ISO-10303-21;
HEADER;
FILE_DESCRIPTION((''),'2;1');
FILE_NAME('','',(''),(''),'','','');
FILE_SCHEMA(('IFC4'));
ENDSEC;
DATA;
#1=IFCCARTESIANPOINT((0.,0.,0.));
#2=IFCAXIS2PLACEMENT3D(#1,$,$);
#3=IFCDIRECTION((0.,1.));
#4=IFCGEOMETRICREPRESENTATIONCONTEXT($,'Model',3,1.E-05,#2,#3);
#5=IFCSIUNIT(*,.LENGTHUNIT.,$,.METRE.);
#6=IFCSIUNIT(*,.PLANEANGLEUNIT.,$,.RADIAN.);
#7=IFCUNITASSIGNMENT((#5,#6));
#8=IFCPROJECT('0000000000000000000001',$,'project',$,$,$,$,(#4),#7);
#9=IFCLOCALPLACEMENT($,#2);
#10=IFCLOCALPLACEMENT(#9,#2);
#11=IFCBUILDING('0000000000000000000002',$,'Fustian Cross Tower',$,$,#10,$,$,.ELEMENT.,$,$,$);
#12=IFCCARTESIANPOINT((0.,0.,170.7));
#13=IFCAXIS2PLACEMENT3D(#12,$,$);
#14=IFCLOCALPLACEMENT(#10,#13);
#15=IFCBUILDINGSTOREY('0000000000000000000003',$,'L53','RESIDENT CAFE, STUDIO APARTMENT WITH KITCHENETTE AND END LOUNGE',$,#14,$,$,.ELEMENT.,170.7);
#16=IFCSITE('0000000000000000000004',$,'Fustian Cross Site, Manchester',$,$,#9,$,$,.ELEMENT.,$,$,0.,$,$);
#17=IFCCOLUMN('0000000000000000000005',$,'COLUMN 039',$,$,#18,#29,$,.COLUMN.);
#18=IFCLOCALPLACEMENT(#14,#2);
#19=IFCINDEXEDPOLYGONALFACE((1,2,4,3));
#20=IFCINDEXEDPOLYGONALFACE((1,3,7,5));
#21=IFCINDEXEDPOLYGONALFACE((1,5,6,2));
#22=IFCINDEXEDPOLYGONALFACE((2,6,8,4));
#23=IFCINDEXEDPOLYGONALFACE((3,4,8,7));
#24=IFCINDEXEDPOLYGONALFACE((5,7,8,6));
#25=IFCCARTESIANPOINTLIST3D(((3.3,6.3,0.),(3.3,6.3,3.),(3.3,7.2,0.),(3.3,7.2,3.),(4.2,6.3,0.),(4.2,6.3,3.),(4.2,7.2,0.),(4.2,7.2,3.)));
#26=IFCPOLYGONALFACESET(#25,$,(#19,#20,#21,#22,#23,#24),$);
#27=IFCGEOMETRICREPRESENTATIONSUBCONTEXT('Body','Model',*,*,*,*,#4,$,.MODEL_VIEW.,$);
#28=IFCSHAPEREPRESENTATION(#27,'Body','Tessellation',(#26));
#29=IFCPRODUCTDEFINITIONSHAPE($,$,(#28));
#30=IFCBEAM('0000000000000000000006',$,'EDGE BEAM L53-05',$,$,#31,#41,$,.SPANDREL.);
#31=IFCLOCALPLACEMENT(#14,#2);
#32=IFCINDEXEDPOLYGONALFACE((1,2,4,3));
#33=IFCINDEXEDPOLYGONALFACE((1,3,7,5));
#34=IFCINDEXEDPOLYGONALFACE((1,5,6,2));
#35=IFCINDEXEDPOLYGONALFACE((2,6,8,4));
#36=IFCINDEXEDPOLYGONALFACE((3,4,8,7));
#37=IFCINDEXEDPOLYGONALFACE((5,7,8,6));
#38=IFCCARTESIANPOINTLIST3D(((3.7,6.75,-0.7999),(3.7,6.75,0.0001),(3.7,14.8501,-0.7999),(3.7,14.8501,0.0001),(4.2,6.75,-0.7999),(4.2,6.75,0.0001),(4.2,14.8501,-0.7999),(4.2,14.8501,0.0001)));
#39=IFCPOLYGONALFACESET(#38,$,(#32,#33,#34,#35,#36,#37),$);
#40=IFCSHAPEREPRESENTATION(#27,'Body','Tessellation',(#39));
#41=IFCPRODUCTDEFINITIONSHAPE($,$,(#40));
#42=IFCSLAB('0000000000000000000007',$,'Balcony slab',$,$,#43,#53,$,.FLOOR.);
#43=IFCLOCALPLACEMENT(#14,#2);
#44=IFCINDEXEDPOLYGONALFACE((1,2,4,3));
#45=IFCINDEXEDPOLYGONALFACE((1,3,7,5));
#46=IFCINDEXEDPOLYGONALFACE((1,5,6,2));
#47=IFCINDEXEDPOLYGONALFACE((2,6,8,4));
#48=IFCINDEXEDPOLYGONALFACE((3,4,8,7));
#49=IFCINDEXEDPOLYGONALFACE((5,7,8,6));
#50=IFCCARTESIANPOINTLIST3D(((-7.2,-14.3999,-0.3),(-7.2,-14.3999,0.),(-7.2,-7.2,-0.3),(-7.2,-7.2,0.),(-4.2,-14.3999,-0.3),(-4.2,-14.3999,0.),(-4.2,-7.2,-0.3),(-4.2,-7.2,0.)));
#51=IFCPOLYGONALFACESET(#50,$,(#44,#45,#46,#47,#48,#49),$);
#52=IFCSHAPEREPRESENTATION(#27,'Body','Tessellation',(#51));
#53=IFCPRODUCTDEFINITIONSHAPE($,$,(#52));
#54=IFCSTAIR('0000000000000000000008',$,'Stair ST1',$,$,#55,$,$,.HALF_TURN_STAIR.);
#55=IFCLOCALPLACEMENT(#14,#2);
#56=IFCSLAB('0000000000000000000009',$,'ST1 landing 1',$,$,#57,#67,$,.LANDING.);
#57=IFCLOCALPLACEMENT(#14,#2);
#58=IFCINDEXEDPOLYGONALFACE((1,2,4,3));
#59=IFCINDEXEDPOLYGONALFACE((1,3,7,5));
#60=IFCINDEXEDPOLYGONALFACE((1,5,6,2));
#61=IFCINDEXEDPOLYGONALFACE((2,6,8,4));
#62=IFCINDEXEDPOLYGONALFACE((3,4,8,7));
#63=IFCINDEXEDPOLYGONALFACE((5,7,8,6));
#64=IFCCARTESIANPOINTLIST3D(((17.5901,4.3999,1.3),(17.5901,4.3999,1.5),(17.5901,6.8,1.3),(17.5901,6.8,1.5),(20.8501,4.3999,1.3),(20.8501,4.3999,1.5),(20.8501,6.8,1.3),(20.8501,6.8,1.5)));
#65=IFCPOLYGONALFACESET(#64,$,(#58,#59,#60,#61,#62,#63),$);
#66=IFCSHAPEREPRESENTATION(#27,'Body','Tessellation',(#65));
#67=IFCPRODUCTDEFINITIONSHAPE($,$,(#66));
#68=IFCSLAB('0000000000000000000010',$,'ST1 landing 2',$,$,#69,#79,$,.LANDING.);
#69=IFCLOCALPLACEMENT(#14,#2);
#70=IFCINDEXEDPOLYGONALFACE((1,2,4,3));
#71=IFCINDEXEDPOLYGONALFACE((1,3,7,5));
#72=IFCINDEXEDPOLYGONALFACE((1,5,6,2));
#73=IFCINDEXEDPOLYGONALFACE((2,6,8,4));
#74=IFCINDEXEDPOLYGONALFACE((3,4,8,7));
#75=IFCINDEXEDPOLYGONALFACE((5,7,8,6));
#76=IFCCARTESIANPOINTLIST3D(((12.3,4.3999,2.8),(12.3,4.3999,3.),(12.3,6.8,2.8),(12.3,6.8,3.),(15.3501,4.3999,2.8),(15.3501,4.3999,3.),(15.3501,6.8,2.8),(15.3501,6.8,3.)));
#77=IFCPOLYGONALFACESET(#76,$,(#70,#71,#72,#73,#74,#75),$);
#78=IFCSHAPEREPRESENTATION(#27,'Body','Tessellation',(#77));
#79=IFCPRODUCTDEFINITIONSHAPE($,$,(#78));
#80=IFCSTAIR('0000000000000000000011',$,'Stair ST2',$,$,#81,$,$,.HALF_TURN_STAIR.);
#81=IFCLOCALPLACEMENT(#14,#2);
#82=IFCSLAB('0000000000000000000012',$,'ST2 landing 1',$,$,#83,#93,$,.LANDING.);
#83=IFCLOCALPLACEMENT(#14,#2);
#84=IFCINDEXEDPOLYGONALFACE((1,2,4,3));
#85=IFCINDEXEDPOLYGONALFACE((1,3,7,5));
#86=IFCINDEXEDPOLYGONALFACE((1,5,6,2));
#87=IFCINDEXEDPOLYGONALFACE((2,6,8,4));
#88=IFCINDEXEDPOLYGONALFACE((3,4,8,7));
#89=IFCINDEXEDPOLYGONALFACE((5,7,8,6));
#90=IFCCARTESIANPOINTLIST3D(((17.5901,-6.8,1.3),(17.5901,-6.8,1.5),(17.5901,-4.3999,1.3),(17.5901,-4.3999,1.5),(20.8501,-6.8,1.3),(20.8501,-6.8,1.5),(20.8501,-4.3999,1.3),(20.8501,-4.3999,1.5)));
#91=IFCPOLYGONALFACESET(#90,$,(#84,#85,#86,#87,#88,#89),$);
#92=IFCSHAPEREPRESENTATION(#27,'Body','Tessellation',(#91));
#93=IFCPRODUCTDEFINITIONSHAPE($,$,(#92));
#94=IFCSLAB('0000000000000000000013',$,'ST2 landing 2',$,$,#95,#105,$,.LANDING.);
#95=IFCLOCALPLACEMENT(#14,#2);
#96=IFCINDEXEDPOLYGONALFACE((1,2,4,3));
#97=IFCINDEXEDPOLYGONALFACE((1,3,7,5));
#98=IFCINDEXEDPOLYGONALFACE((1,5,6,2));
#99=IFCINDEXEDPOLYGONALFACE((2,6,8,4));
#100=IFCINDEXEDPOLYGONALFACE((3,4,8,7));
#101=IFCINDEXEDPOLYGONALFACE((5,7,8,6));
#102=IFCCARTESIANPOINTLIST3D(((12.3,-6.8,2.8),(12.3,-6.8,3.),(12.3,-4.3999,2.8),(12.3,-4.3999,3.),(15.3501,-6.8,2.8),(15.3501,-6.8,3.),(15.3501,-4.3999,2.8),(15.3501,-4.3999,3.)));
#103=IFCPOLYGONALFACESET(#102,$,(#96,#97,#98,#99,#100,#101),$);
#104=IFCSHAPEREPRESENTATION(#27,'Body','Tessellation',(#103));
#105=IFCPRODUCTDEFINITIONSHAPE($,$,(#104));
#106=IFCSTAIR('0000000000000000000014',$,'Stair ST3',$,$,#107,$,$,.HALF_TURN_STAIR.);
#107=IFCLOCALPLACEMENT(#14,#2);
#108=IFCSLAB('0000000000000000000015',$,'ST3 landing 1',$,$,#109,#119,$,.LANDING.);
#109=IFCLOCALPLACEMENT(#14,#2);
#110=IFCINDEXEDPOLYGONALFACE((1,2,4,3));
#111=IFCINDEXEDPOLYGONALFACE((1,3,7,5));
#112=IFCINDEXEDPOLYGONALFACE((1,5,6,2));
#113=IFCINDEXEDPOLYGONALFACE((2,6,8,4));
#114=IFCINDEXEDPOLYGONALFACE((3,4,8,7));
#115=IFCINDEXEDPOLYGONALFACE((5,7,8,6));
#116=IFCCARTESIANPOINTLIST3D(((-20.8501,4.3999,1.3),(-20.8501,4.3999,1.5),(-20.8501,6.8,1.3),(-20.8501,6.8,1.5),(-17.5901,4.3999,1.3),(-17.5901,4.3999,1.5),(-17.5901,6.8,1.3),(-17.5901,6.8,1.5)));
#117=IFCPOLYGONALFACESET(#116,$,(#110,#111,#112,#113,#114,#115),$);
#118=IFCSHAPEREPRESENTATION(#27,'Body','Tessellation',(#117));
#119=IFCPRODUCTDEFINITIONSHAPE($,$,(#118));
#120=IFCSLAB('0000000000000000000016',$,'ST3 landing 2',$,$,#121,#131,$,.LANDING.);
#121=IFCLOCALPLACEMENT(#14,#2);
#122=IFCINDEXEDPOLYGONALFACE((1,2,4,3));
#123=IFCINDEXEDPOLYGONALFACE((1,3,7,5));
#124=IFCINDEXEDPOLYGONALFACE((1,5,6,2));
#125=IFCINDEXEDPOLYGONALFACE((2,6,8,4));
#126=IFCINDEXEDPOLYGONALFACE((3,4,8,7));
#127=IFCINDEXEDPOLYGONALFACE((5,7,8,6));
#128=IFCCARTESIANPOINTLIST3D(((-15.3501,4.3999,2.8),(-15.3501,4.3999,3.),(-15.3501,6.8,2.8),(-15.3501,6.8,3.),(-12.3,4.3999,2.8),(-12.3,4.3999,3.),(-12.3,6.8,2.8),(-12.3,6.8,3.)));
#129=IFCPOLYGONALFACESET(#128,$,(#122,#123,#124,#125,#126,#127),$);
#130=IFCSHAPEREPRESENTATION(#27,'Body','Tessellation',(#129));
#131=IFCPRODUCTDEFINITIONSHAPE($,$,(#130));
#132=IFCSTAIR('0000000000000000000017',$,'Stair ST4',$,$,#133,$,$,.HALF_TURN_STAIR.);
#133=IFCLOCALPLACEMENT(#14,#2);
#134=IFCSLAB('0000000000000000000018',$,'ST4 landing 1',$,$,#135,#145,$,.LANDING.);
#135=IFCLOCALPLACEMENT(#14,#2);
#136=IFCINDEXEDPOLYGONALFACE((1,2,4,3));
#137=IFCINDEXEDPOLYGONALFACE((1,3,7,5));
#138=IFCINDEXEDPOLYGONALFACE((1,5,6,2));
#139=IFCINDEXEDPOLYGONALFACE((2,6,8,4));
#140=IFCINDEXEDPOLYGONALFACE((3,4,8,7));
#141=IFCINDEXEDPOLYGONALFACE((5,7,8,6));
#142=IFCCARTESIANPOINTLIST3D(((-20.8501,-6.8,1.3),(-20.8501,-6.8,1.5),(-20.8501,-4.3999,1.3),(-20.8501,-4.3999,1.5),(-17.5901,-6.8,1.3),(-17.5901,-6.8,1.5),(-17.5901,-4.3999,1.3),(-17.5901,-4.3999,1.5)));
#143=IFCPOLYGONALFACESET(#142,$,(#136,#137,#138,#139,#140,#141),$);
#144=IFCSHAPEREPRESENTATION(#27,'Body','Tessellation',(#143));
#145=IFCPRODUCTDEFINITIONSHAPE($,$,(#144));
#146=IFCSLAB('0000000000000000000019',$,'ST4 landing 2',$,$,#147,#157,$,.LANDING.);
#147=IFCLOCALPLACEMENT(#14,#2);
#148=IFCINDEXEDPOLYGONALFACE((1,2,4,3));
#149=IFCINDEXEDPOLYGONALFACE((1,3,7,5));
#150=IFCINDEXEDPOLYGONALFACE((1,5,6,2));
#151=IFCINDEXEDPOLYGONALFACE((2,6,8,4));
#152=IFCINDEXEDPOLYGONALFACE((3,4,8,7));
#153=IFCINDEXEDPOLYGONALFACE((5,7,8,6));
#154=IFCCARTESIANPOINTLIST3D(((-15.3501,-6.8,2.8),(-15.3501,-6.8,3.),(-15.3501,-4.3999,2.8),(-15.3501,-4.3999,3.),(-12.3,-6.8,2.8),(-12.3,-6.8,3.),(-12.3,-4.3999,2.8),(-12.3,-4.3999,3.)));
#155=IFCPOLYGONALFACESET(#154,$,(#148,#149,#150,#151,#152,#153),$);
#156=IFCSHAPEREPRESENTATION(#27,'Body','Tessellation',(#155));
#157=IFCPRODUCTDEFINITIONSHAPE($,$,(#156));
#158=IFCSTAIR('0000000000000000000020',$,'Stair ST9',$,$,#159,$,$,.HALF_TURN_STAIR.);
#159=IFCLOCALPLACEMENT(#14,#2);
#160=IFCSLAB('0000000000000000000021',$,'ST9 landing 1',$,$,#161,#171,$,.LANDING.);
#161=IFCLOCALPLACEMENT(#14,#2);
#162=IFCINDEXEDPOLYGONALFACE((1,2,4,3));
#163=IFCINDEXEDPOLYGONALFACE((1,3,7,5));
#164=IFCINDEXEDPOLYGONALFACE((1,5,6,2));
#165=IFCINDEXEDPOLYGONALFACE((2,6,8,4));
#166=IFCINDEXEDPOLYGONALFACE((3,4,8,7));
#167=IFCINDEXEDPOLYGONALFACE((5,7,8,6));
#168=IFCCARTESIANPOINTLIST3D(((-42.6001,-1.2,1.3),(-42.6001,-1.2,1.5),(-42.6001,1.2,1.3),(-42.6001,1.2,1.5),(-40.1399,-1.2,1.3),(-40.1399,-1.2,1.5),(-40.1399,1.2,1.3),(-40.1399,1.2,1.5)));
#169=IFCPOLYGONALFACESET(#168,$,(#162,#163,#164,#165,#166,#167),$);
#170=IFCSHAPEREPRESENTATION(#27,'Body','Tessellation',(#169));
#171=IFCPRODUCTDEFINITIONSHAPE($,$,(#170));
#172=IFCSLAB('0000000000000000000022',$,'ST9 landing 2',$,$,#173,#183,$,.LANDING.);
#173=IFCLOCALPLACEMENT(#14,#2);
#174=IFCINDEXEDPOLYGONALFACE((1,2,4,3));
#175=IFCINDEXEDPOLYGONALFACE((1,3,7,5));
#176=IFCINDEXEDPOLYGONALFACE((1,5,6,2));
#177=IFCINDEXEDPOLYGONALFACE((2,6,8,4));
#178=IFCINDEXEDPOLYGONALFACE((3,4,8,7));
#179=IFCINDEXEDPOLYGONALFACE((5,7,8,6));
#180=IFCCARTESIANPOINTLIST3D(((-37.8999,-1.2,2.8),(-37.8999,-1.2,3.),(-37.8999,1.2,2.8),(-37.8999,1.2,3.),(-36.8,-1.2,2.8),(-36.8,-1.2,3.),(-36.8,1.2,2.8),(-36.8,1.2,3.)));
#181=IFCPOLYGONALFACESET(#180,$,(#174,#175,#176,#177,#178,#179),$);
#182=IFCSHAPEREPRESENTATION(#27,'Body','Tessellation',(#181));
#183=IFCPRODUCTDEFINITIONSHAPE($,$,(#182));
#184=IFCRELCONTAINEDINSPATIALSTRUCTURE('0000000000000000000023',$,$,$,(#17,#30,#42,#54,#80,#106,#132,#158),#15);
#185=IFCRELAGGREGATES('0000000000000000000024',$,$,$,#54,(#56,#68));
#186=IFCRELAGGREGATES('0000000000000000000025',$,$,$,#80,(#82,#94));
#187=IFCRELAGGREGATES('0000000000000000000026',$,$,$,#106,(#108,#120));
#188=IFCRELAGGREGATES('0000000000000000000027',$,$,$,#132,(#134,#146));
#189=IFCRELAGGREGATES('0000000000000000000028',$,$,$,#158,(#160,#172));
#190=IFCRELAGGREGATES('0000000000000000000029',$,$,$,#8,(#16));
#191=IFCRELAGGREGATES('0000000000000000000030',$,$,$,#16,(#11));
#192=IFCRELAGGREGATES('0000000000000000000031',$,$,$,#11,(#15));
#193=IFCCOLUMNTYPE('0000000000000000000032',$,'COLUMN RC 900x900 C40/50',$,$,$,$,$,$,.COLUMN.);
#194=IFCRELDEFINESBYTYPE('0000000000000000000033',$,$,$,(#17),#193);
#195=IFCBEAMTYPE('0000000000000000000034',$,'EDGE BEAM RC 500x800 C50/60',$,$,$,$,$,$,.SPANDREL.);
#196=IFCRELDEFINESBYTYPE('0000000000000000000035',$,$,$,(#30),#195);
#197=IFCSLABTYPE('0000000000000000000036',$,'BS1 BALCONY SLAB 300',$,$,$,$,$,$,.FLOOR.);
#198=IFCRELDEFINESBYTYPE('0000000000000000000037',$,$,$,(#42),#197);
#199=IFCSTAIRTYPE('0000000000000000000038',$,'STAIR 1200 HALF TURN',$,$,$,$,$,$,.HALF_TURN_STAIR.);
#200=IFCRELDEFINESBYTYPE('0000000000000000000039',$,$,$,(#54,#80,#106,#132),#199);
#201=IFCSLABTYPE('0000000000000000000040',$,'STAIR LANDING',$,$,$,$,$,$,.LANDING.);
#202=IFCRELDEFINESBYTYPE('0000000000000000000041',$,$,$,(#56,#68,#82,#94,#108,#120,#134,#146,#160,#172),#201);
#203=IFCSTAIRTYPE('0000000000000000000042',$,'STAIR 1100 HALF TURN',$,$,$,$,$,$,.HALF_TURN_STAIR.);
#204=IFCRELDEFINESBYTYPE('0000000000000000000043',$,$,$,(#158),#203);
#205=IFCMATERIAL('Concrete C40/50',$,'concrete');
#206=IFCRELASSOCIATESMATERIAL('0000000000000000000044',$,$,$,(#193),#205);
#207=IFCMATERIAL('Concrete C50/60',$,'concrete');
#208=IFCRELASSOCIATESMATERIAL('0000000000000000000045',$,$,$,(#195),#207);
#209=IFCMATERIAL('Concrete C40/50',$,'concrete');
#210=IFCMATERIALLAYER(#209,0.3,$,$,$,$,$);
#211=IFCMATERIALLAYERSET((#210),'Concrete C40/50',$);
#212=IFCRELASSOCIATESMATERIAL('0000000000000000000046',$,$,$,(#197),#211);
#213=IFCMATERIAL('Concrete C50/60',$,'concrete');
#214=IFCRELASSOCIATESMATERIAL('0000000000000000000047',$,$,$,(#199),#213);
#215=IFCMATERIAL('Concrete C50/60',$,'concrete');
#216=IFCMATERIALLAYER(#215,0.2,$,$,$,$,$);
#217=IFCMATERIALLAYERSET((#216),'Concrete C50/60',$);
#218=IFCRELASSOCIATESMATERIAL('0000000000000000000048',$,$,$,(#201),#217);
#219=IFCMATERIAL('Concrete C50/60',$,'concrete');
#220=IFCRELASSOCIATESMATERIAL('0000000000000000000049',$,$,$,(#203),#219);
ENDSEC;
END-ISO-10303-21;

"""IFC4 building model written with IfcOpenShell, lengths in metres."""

from ifc_helpers import new_model, si_unit, direction, frame, origin, origin_2d, place, context, subcontext, project, spatial, polyline, rectangle, outline, extrude, material, layer, layer_set, material_profile, profile_set, type_object, element, aggregate, save


model = new_model("IFC4")

# Units and contexts
model_context = context("Model", 3, precision=1e-05, world=origin(), true_north=direction((0.0, 1.0)))
body_context = subcontext(model_context, "Body", "Model", "MODEL_VIEW")
ifc_project = project(units=[si_unit("LENGTHUNIT", "METRE"), si_unit("PLANEANGLEUNIT", "RADIAN")], contexts=[model_context])

# Site, building, storey
site_placement = place(None, origin())
site = spatial("IfcSite", under=ifc_project, at=site_placement, Name="Fustian Cross Site, Manchester", CompositionType="ELEMENT", RefElevation=0.0)
building_placement = place(site_placement, origin())
building = spatial("IfcBuilding", under=site, at=building_placement, Name="Fustian Cross Tower", CompositionType="ELEMENT")
storey_placement = place(building_placement, frame((0.0, 0.0, 170.7)))
storey = spatial("IfcBuildingStorey", under=building, at=storey_placement, Name="L53", Description="RESIDENT CAFE, STUDIO APARTMENT WITH KITCHENETTE AND END LOUNGE", CompositionType="ELEMENT", Elevation=170.7)

# Column
ifc_material_1 = material(Name="Concrete C40/50", Category="concrete")
ifc_material_profile_1 = material_profile(ifc_material_1, rectangle(XDim=0.8999, YDim=0.8999, at=origin_2d()), Name="RC 900x900")
ifc_profile_set_1 = profile_set([ifc_material_profile_1], Name="Concrete C40/50")
column_type = type_object("IfcColumnType", Name="COLUMN RC 900x900 C40/50", PredefinedType="COLUMN", material=ifc_profile_set_1)
column_placement = place(storey_placement, frame((3.75, 6.75, 0.0), z_axis=(0.0, 0.0, 1.0), x_axis=(1.0, 0.0, 0.0)))
element("IfcColumn", 1, at=column_placement, inside=storey, type_object=column_type, Name="COLUMN 039", PredefinedType="COLUMN", context=body_context, shape_type="SweptSolid", body=[
    extrude(rectangle(XDim=0.8999, YDim=0.8999, at=origin_2d()), origin(), (0.0, 0.0, 1.0), 3.0),
])

# Beam
ifc_material_2 = material(Name="Concrete C50/60", Category="concrete")
ifc_material_profile_2 = material_profile(ifc_material_2, rectangle(XDim=0.5, YDim=0.8, at=origin_2d()), Name="RC 500x800")
ifc_profile_set_2 = profile_set([ifc_material_profile_2], Name="Concrete C50/60")
beam_type = type_object("IfcBeamType", Name="EDGE BEAM RC 500x800 C50/60", PredefinedType="SPANDREL", material=ifc_profile_set_2)
beam_placement = place(storey_placement, frame((3.95, 6.75, -0.3999), z_axis=(0.0, 1.0, 0.0), x_axis=(-1.0, 0.0, 0.0)))
element("IfcBeam", 2, at=beam_placement, inside=storey, type_object=beam_type, Name="EDGE BEAM L53-05", PredefinedType="SPANDREL", context=body_context, shape_type="SweptSolid", body=[
    extrude(rectangle(XDim=0.5, YDim=0.8, at=origin_2d()), origin(), (0.0, 0.0, 1.0), 8.1001),
])

# Slab
ifc_material_3 = material(Name="Concrete C40/50", Category="concrete")
ifc_layer_1 = layer(ifc_material_3, 0.3)
ifc_layer_set_1 = layer_set([ifc_layer_1], Name="Concrete C40/50")
slab_type_1 = type_object("IfcSlabType", Name="BS1 BALCONY SLAB 300", PredefinedType="FLOOR", material=ifc_layer_set_1)
slab_1_placement = place(storey_placement, frame((0.0, 0.0, -0.3)))
element("IfcSlab", 3, at=slab_1_placement, inside=storey, type_object=slab_type_1, Name="Balcony slab", PredefinedType="FLOOR", context=body_context, shape_type="SweptSolid", body=[
    extrude(outline(polyline([(-7.2, -14.3999), (-4.2, -14.3999), (-4.2, -7.2), (-7.2, -7.2), (-7.2, -14.3999)])), origin(), (0.0, 0.0, 1.0), 0.3),
])

# Stairs, slabs
ifc_material_4 = material(Name="Concrete C50/60", Category="concrete")
stair_type_1 = type_object("IfcStairType", Name="STAIR 1200 HALF TURN", PredefinedType="HALF_TURN_STAIR", material=ifc_material_4)
stair_1_placement = place(storey_placement, origin())
stair_1 = element("IfcStair", 4, at=stair_1_placement, inside=storey, type_object=stair_type_1, Name="Stair ST1", PredefinedType="HALF_TURN_STAIR")
ifc_material_5 = material(Name="Concrete C50/60", Category="concrete")
ifc_layer_2 = layer(ifc_material_5, 0.2)
ifc_layer_set_2 = layer_set([ifc_layer_2], Name="Concrete C50/60")
slab_type_2 = type_object("IfcSlabType", Name="STAIR LANDING", PredefinedType="LANDING", material=ifc_layer_set_2)
slab_2_placement = place(storey_placement, frame((0.0, 0.0, 1.3)))
slab_2 = element("IfcSlab", 5, at=slab_2_placement, type_object=slab_type_2, Name="ST1 landing 1", PredefinedType="LANDING", context=body_context, shape_type="SweptSolid", body=[
    extrude(outline(polyline([(17.5901, 4.3999), (20.8501, 4.3999), (20.8501, 6.8), (17.5901, 6.8), (17.5901, 4.3999)])), origin(), (0.0, 0.0, 1.0), 0.2),
])
slab_3_placement = place(storey_placement, frame((0.0, 0.0, 2.8)))
slab_3 = element("IfcSlab", 6, at=slab_3_placement, type_object=slab_type_2, Name="ST1 landing 2", PredefinedType="LANDING", context=body_context, shape_type="SweptSolid", body=[
    extrude(outline(polyline([(12.3, 4.3999), (15.3501, 4.3999), (15.3501, 6.8), (12.3, 6.8), (12.3, 4.3999)])), origin(), (0.0, 0.0, 1.0), 0.2),
])
aggregate(stair_1, [slab_2, slab_3])
stair_2_placement = place(storey_placement, origin())
stair_2 = element("IfcStair", 7, at=stair_2_placement, inside=storey, type_object=stair_type_1, Name="Stair ST2", PredefinedType="HALF_TURN_STAIR")
slab_4_placement = place(storey_placement, frame((0.0, 0.0, 1.3)))
slab_4 = element("IfcSlab", 8, at=slab_4_placement, type_object=slab_type_2, Name="ST2 landing 1", PredefinedType="LANDING", context=body_context, shape_type="SweptSolid", body=[
    extrude(outline(polyline([(17.5901, -4.3999), (20.8501, -4.3999), (20.8501, -6.8), (17.5901, -6.8), (17.5901, -4.3999)])), origin(), (0.0, 0.0, 1.0), 0.2),
])
slab_5_placement = place(storey_placement, frame((0.0, 0.0, 2.8)))
slab_5 = element("IfcSlab", 9, at=slab_5_placement, type_object=slab_type_2, Name="ST2 landing 2", PredefinedType="LANDING", context=body_context, shape_type="SweptSolid", body=[
    extrude(outline(polyline([(12.3, -4.3999), (15.3501, -4.3999), (15.3501, -6.8), (12.3, -6.8), (12.3, -4.3999)])), origin(), (0.0, 0.0, 1.0), 0.2),
])
aggregate(stair_2, [slab_4, slab_5])
stair_3_placement = place(storey_placement, origin())
stair_3 = element("IfcStair", 10, at=stair_3_placement, inside=storey, type_object=stair_type_1, Name="Stair ST3", PredefinedType="HALF_TURN_STAIR")
slab_6_placement = place(storey_placement, frame((0.0, 0.0, 1.3)))
slab_6 = element("IfcSlab", 11, at=slab_6_placement, type_object=slab_type_2, Name="ST3 landing 1", PredefinedType="LANDING", context=body_context, shape_type="SweptSolid", body=[
    extrude(outline(polyline([(-17.5901, 4.3999), (-20.8501, 4.3999), (-20.8501, 6.8), (-17.5901, 6.8), (-17.5901, 4.3999)])), origin(), (0.0, 0.0, 1.0), 0.2),
])
slab_7_placement = place(storey_placement, frame((0.0, 0.0, 2.8)))
slab_7 = element("IfcSlab", 12, at=slab_7_placement, type_object=slab_type_2, Name="ST3 landing 2", PredefinedType="LANDING", context=body_context, shape_type="SweptSolid", body=[
    extrude(outline(polyline([(-12.3, 4.3999), (-15.3501, 4.3999), (-15.3501, 6.8), (-12.3, 6.8), (-12.3, 4.3999)])), origin(), (0.0, 0.0, 1.0), 0.2),
])
aggregate(stair_3, [slab_6, slab_7])
stair_4_placement = place(storey_placement, origin())
stair_4 = element("IfcStair", 13, at=stair_4_placement, inside=storey, type_object=stair_type_1, Name="Stair ST4", PredefinedType="HALF_TURN_STAIR")
slab_8_placement = place(storey_placement, frame((0.0, 0.0, 1.3)))
slab_8 = element("IfcSlab", 14, at=slab_8_placement, type_object=slab_type_2, Name="ST4 landing 1", PredefinedType="LANDING", context=body_context, shape_type="SweptSolid", body=[
    extrude(outline(polyline([(-17.5901, -4.3999), (-20.8501, -4.3999), (-20.8501, -6.8), (-17.5901, -6.8), (-17.5901, -4.3999)])), origin(), (0.0, 0.0, 1.0), 0.2),
])
slab_9_placement = place(storey_placement, frame((0.0, 0.0, 2.8)))
slab_9 = element("IfcSlab", 15, at=slab_9_placement, type_object=slab_type_2, Name="ST4 landing 2", PredefinedType="LANDING", context=body_context, shape_type="SweptSolid", body=[
    extrude(outline(polyline([(-12.3, -4.3999), (-15.3501, -4.3999), (-15.3501, -6.8), (-12.3, -6.8), (-12.3, -4.3999)])), origin(), (0.0, 0.0, 1.0), 0.2),
])
aggregate(stair_4, [slab_8, slab_9])
ifc_material_6 = material(Name="Concrete C50/60", Category="concrete")
stair_type_2 = type_object("IfcStairType", Name="STAIR 1100 HALF TURN", PredefinedType="HALF_TURN_STAIR", material=ifc_material_6)
stair_5_placement = place(storey_placement, origin())
stair_5 = element("IfcStair", 16, at=stair_5_placement, inside=storey, type_object=stair_type_2, Name="Stair ST9", PredefinedType="HALF_TURN_STAIR")
slab_10_placement = place(storey_placement, frame((0.0, 0.0, 1.3)))
slab_10 = element("IfcSlab", 17, at=slab_10_placement, type_object=slab_type_2, Name="ST9 landing 1", PredefinedType="LANDING", context=body_context, shape_type="SweptSolid", body=[
    extrude(outline(polyline([(-40.1399, -1.2), (-42.6001, -1.2), (-42.6001, 1.2), (-40.1399, 1.2), (-40.1399, -1.2)])), origin(), (0.0, 0.0, 1.0), 0.2),
])
slab_11_placement = place(storey_placement, frame((0.0, 0.0, 2.8)))
slab_11 = element("IfcSlab", 18, at=slab_11_placement, type_object=slab_type_2, Name="ST9 landing 2", PredefinedType="LANDING", context=body_context, shape_type="SweptSolid", body=[
    extrude(outline(polyline([(-36.8, -1.2), (-37.8999, -1.2), (-37.8999, 1.2), (-36.8, 1.2), (-36.8, -1.2)])), origin(), (0.0, 0.0, 1.0), 0.2),
])
aggregate(stair_5, [slab_10, slab_11])

save(model, "model.ifc")
